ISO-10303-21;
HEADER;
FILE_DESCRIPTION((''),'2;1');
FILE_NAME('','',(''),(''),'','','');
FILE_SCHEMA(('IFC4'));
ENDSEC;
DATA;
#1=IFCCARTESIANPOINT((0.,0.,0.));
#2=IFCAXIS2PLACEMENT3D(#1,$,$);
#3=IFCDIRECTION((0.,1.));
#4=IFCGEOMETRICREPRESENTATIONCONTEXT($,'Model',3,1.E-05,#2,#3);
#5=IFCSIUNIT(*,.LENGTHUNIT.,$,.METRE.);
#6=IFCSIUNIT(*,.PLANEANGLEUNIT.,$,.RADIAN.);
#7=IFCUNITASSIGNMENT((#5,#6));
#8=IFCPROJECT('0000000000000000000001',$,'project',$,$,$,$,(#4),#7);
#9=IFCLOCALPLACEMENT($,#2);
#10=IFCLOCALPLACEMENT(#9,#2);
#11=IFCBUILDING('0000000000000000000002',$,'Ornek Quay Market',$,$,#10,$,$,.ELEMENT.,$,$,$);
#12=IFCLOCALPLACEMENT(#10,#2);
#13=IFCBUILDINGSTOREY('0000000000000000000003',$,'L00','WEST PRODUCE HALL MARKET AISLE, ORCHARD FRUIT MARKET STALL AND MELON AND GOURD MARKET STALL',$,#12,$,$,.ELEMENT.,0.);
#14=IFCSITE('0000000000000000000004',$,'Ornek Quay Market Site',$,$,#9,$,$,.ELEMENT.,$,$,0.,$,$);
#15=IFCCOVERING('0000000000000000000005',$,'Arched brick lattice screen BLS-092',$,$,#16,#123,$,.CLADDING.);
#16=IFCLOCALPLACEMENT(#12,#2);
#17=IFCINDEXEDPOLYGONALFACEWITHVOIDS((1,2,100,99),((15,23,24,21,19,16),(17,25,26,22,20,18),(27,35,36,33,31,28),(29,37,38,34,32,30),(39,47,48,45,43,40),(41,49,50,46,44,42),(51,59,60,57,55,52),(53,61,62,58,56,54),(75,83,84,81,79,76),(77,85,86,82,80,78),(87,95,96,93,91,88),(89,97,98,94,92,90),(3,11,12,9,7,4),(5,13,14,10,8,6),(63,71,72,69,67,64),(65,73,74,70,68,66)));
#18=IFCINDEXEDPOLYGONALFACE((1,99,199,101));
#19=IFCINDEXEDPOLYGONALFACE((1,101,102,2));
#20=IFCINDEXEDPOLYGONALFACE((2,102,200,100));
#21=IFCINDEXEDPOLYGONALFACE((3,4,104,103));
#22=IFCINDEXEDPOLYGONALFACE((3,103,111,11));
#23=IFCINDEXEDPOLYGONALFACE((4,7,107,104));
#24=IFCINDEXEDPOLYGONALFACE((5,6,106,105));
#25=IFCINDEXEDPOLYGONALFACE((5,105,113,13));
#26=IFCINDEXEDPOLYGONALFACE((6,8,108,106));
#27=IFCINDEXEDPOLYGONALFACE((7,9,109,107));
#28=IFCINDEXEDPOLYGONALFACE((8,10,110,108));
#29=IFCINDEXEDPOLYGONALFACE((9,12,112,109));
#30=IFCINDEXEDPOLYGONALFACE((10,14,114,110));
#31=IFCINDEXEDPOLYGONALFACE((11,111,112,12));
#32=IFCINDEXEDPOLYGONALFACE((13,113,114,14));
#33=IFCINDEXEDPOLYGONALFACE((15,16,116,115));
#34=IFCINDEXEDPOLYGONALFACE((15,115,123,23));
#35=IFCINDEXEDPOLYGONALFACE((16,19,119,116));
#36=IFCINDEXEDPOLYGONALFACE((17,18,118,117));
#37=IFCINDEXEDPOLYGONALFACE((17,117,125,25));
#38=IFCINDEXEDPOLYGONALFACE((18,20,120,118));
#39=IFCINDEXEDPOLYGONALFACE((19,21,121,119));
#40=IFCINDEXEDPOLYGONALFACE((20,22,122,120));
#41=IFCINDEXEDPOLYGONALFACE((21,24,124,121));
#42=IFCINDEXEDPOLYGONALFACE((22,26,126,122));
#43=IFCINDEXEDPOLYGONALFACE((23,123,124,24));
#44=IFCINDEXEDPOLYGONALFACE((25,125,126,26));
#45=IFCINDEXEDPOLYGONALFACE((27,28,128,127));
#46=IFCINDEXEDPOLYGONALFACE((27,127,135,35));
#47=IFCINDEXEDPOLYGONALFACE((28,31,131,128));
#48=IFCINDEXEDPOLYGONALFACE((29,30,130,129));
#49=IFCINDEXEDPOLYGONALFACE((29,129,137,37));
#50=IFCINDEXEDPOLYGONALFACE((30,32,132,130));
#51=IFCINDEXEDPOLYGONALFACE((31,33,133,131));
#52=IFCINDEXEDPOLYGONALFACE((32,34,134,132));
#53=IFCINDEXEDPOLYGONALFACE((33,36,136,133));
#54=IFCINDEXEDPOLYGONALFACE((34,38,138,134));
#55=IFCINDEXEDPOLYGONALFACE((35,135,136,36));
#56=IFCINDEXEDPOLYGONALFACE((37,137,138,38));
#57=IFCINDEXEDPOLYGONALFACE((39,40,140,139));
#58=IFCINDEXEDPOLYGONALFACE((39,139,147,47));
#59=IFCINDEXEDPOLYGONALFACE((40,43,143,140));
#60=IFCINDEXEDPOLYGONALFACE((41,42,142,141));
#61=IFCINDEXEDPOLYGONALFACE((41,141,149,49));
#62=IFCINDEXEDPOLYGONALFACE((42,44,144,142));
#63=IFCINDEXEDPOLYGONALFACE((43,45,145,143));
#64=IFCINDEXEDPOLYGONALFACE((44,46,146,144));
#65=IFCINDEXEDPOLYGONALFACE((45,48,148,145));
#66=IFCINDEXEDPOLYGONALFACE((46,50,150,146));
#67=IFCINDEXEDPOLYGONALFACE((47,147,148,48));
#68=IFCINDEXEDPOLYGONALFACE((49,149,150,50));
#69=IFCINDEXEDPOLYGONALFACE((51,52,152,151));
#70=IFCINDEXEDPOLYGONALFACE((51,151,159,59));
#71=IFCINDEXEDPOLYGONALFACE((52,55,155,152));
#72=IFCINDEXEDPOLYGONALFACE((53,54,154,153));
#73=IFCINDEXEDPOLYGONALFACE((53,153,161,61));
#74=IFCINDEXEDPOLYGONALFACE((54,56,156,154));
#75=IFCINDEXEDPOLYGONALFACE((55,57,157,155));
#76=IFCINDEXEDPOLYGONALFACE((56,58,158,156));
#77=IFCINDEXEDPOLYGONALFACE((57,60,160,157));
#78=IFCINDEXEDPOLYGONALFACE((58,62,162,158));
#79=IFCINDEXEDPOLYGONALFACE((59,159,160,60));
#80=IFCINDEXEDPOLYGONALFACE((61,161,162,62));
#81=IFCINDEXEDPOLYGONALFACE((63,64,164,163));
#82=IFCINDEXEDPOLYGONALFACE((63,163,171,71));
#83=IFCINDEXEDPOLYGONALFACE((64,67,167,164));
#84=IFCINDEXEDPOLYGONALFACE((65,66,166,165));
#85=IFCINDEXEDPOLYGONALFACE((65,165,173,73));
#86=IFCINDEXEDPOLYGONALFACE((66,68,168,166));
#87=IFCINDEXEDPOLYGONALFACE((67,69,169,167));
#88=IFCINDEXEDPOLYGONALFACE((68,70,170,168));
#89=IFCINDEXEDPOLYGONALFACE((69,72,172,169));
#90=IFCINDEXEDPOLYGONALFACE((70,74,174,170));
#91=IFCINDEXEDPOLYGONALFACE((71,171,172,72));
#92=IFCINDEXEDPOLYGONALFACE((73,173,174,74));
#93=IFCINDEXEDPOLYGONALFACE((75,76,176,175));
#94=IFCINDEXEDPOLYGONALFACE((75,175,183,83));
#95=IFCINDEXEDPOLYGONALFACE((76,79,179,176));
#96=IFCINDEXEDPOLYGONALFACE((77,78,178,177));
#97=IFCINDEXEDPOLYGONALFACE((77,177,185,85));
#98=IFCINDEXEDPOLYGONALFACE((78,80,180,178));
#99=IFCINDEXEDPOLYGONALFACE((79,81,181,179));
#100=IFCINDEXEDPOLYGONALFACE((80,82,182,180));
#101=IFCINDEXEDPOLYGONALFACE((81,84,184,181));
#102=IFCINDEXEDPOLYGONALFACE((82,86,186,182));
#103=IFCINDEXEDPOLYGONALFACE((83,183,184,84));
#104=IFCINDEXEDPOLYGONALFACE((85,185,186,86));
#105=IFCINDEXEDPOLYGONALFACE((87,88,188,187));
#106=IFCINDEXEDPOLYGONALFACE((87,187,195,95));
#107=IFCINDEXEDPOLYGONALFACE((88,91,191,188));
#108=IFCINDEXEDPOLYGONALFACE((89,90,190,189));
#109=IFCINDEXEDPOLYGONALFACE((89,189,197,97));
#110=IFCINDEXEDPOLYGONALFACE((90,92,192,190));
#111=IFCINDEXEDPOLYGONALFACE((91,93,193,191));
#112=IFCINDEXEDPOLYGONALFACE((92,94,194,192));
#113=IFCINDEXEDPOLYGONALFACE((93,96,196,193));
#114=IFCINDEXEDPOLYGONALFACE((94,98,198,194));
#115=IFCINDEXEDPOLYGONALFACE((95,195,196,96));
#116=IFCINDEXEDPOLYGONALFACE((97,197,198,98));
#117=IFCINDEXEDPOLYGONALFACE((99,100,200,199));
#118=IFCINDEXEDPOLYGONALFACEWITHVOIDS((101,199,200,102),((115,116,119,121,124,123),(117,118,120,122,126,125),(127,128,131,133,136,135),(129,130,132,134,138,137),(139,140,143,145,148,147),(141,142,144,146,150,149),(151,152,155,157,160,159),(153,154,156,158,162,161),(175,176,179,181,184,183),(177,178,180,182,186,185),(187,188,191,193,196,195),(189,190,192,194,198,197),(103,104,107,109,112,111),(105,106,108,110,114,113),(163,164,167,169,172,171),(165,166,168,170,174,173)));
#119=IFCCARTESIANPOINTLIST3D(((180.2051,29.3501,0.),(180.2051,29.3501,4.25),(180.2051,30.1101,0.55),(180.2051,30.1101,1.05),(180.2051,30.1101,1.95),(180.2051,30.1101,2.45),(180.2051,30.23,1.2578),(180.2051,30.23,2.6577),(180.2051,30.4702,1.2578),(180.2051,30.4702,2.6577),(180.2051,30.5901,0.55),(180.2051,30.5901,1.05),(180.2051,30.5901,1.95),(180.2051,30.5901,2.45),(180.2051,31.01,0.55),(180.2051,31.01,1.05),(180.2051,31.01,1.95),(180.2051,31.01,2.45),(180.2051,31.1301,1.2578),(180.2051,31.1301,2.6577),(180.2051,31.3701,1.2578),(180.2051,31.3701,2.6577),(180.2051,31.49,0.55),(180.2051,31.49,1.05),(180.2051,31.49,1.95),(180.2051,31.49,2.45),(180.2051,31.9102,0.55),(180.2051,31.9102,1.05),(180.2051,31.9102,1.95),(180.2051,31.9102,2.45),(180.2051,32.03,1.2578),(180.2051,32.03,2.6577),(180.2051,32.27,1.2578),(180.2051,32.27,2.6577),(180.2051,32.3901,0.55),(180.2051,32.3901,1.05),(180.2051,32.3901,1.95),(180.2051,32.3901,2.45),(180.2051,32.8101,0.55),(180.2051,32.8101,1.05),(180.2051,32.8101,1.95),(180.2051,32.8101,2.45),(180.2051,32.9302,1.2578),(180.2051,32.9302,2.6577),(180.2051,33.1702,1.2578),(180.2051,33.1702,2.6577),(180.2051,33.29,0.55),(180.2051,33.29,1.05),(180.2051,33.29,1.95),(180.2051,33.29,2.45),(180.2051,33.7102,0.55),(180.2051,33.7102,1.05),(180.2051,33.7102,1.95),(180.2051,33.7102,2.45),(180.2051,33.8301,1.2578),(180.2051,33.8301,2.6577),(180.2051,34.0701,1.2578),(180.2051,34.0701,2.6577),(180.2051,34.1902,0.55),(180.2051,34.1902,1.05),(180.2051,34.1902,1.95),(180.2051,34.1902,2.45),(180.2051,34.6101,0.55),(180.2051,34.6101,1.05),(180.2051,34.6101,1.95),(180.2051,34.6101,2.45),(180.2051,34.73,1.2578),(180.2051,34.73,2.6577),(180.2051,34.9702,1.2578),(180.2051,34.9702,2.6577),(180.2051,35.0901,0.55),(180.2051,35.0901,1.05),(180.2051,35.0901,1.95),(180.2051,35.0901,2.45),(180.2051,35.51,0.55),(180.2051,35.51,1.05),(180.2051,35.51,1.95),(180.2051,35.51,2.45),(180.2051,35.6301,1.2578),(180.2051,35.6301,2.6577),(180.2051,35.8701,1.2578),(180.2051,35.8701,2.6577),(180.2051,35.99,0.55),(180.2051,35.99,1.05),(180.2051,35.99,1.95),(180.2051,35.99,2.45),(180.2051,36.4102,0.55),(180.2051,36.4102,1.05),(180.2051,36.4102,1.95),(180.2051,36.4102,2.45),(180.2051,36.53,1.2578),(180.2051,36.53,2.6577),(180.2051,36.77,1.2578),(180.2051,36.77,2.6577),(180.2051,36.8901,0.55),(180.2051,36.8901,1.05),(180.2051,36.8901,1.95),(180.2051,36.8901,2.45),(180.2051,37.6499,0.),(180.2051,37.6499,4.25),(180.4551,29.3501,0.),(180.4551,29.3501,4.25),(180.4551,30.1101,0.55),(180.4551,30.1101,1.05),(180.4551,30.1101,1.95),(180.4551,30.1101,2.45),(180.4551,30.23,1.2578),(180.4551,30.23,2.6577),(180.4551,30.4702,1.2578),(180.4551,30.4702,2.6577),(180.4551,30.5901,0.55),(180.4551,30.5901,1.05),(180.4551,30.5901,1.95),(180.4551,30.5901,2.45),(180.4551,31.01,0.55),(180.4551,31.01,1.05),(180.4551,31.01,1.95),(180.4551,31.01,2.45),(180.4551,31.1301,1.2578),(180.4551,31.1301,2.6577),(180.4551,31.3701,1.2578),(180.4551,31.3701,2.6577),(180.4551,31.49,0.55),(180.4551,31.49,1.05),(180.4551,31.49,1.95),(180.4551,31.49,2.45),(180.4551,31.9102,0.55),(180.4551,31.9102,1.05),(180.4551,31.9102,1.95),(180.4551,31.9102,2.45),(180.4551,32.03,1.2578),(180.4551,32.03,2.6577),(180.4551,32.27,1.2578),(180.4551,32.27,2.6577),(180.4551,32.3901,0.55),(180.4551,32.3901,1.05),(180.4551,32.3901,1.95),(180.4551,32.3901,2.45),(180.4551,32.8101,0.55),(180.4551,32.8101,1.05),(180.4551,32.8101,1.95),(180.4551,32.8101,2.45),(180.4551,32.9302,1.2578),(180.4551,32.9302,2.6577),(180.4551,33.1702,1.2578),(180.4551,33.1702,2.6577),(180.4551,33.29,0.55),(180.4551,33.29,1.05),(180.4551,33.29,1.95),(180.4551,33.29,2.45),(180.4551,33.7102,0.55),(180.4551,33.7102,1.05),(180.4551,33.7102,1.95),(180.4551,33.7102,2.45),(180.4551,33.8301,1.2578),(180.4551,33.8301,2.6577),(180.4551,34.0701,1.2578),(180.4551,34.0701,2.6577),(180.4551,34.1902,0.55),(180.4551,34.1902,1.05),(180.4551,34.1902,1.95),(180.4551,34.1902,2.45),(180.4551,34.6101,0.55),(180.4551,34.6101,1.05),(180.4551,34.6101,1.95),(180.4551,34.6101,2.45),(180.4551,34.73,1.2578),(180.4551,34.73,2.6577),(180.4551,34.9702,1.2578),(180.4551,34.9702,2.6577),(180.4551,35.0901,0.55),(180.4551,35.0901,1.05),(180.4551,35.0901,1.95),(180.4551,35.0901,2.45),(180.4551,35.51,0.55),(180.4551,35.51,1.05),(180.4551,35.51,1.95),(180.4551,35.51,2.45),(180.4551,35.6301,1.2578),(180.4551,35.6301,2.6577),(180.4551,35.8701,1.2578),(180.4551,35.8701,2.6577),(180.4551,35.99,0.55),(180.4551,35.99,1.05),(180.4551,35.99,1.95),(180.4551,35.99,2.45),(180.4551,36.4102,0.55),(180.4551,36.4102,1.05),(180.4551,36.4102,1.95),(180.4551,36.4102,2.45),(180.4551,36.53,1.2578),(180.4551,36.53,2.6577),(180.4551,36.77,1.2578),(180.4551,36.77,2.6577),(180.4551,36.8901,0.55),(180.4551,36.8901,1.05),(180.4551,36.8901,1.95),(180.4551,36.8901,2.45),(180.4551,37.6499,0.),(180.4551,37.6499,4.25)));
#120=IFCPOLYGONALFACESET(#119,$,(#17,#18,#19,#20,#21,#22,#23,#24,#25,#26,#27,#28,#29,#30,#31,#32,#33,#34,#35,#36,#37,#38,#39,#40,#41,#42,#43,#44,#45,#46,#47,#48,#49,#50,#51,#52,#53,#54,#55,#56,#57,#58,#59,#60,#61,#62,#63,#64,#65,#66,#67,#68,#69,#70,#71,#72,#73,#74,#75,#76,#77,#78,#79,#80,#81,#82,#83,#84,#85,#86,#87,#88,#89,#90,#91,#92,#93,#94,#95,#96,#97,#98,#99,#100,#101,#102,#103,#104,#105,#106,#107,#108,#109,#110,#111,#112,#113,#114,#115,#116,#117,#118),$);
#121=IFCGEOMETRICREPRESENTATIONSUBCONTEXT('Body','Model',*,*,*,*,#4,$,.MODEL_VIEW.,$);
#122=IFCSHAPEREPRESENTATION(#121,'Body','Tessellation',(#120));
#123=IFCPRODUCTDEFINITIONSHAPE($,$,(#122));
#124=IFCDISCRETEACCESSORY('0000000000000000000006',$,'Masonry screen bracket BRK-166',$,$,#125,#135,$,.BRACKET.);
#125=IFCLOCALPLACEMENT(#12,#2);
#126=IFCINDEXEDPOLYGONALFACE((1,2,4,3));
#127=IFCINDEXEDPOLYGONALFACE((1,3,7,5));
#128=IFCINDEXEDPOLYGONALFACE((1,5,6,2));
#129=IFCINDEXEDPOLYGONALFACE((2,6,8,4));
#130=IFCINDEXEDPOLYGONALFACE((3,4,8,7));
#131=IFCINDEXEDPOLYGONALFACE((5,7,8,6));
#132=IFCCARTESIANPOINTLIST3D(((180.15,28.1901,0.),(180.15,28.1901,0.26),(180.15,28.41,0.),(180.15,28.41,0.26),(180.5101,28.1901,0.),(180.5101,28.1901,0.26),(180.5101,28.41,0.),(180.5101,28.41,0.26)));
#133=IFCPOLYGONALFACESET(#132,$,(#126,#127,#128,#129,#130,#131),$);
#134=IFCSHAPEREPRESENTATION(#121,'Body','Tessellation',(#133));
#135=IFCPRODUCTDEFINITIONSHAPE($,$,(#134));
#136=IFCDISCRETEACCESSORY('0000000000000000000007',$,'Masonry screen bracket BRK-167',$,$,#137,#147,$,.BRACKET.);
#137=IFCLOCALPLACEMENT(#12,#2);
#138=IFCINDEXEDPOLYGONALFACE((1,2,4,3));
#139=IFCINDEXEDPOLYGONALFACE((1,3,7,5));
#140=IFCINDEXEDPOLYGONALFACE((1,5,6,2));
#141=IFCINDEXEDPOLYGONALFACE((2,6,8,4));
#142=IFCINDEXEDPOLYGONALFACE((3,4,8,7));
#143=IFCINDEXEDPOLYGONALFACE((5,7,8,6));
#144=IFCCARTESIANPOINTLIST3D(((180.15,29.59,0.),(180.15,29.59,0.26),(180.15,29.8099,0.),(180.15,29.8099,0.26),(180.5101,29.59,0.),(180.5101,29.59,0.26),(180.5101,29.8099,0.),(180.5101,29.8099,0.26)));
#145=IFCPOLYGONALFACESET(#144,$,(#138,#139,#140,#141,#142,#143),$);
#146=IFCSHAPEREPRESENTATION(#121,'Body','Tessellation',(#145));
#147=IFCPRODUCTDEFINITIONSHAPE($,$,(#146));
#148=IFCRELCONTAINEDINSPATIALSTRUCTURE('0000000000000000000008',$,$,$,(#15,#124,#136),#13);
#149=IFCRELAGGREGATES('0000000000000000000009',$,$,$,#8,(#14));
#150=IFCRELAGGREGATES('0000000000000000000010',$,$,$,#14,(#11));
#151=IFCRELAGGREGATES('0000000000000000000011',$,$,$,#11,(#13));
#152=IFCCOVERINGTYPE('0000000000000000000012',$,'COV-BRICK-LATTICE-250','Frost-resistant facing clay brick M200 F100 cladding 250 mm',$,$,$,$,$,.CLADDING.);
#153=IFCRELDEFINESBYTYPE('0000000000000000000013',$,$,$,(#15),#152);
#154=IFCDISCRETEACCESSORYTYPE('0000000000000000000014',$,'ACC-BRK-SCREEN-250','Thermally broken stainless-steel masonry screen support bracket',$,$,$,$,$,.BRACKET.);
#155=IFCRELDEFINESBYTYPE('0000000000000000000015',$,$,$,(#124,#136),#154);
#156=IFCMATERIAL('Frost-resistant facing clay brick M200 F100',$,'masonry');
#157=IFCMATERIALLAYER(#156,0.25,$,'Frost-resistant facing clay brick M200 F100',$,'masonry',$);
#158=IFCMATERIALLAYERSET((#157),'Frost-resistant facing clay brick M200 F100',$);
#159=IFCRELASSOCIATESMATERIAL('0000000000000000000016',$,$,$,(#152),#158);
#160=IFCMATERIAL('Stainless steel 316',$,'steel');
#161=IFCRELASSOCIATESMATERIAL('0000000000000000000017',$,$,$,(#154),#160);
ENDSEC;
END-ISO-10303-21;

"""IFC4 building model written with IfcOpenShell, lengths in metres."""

from ifc_helpers import new_model, si_unit, direction, frame, origin, origin_2d, place, context, subcontext, project, spatial, polyline, rectangle, outline, extrude, material, layer, layer_set, type_object, element, save


model = new_model("IFC4")

# Units and contexts
model_context = context("Model", 3, precision=1e-05, world=origin(), true_north=direction((0.0, 1.0)))
body_context = subcontext(model_context, "Body", "Model", "MODEL_VIEW")
ifc_project = project(units=[si_unit("LENGTHUNIT", "METRE"), si_unit("PLANEANGLEUNIT", "RADIAN")], contexts=[model_context])

# Site, building, storey
site_placement = place(None, origin())
site = spatial("IfcSite", under=ifc_project, at=site_placement, Name="Ornek Quay Market Site", CompositionType="ELEMENT", RefElevation=0.0)
building_placement = place(site_placement, origin())
building = spatial("IfcBuilding", under=site, at=building_placement, Name="Ornek Quay Market", CompositionType="ELEMENT")
storey_placement = place(building_placement, origin())
storey = spatial("IfcBuildingStorey", under=building, at=storey_placement, Name="L00", Description="WEST PRODUCE HALL MARKET AISLE, ORCHARD FRUIT MARKET STALL AND MELON AND GOURD MARKET STALL", CompositionType="ELEMENT", Elevation=0.0)

# Shared definitions
ifc_material_1 = material(Name="Frost-resistant facing clay brick M200 F100", Category="masonry")

# Covering
ifc_layer_1 = layer(ifc_material_1, 0.25, Name="Frost-resistant facing clay brick M200 F100", Category="masonry")
ifc_layer_set_1 = layer_set([ifc_layer_1], Name="Frost-resistant facing clay brick M200 F100")
covering_type = type_object("IfcCoveringType", Name="COV-BRICK-LATTICE-250", Description="Frost-resistant facing clay brick M200 F100 cladding 250 mm", PredefinedType="CLADDING", material=ifc_layer_set_1)
covering_placement = place(storey_placement, frame((180.3301, 29.3501, 0.0), z_axis=(0.0, 0.0, 1.0), x_axis=(0.0, 1.0, 0.0)))
element("IfcCovering", 1, at=covering_placement, inside=storey, type_object=covering_type, Name="Arched brick lattice screen BLS-092", PredefinedType="CLADDING", context=body_context, shape_type="SweptSolid", body=[
    extrude(outline(polyline([(0.0, 0.0), (8.2998, 0.0), (8.2998, 4.25), (0.0, 4.25), (0.0, 0.0)]), holes=[polyline([(0.76, 0.55), (1.24, 0.55), (1.24, 1.05), (1.1201, 1.2578), (0.8799, 1.2578), (0.76, 1.05), (0.76, 0.55)]), polyline([(0.76, 1.95), (1.24, 1.95), (1.24, 2.45), (1.1201, 2.6577), (0.8799, 2.6577), (0.76, 2.45), (0.76, 1.95)]), polyline([(1.6599, 0.55), (2.1399, 0.55), (2.1399, 1.05), (2.02, 1.2578), (1.78, 1.2578), (1.6599, 1.05), (1.6599, 0.55)]), polyline([(1.6599, 1.95), (2.1399, 1.95), (2.1399, 2.45), (2.02, 2.6577), (1.78, 2.6577), (1.6599, 2.45), (1.6599, 1.95)]), polyline([(2.5601, 0.55), (3.04, 0.55), (3.04, 1.05), (2.9199, 1.2578), (2.6799, 1.2578), (2.5601, 1.05), (2.5601, 0.55)]), polyline([(2.5601, 1.95), (3.04, 1.95), (3.04, 2.45), (2.9199, 2.6577), (2.6799, 2.6577), (2.5601, 2.45), (2.5601, 1.95)]), polyline([(3.46, 0.55), (3.9399, 0.55), (3.9399, 1.05), (3.8201, 1.2578), (3.5801, 1.2578), (3.46, 1.05), (3.46, 0.55)]), polyline([(3.46, 1.95), (3.9399, 1.95), (3.9399, 2.45), (3.8201, 2.6577), (3.5801, 2.6577), (3.46, 2.45), (3.46, 1.95)]), polyline([(4.3601, 0.55), (4.8401, 0.55), (4.8401, 1.05), (4.72, 1.2578), (4.48, 1.2578), (4.3601, 1.05), (4.3601, 0.55)]), polyline([(4.3601, 1.95), (4.8401, 1.95), (4.8401, 2.45), (4.72, 2.6577), (4.48, 2.6577), (4.3601, 2.45), (4.3601, 1.95)]), polyline([(5.26, 0.55), (5.74, 0.55), (5.74, 1.05), (5.6201, 1.2578), (5.3799, 1.2578), (5.26, 1.05), (5.26, 0.55)]), polyline([(5.26, 1.95), (5.74, 1.95), (5.74, 2.45), (5.6201, 2.6577), (5.3799, 2.6577), (5.26, 2.45), (5.26, 1.95)]), polyline([(6.1599, 0.55), (6.6399, 0.55), (6.6399, 1.05), (6.52, 1.2578), (6.28, 1.2578), (6.1599, 1.05), (6.1599, 0.55)]), polyline([(6.1599, 1.95), (6.6399, 1.95), (6.6399, 2.45), (6.52, 2.6577), (6.28, 2.6577), (6.1599, 2.45), (6.1599, 1.95)]), polyline([(7.0601, 0.55), (7.54, 0.55), (7.54, 1.05), (7.4199, 1.2578), (7.1799, 1.2578), (7.0601, 1.05), (7.0601, 0.55)]), polyline([(7.0601, 1.95), (7.54, 1.95), (7.54, 2.45), (7.4199, 2.6577), (7.1799, 2.6577), (7.0601, 2.45), (7.0601, 1.95)])]), frame((0.0, 0.125, 0.0), z_axis=(0.0, -1.0, 0.0), x_axis=(1.0, 0.0, 0.0)), (0.0, 0.0, 1.0), 0.25),
])

# Discrete accessories
ifc_material_2 = material(Name="Stainless steel 316", Category="steel")
discrete_accessory_type = type_object("IfcDiscreteAccessoryType", Name="ACC-BRK-SCREEN-250", Description="Thermally broken stainless-steel masonry screen support bracket", PredefinedType="BRACKET", material=ifc_material_2)
for number, where, z_axis, x_axis, name in (
    (2, (180.3301, 28.3, 0.0), (0.0, 0.0, 1.0), (0.0, 1.0, 0.0), "Masonry screen bracket BRK-166"),
    (3, (180.3301, 29.7, 0.0), (0.0, 0.0, 1.0), (0.0, 1.0, 0.0), "Masonry screen bracket BRK-167"),
):
    element("IfcDiscreteAccessory", number, at=place(storey_placement, frame(where, z_axis=z_axis, x_axis=x_axis)), inside=storey, type_object=discrete_accessory_type, Name=name, PredefinedType="BRACKET", context=body_context, shape_type="SweptSolid", body=[
        extrude(rectangle(XDim=0.22, YDim=0.3601, at=origin_2d()), origin(), (0.0, 0.0, 1.0), 0.26),
    ])

save(model, "model.ifc")
